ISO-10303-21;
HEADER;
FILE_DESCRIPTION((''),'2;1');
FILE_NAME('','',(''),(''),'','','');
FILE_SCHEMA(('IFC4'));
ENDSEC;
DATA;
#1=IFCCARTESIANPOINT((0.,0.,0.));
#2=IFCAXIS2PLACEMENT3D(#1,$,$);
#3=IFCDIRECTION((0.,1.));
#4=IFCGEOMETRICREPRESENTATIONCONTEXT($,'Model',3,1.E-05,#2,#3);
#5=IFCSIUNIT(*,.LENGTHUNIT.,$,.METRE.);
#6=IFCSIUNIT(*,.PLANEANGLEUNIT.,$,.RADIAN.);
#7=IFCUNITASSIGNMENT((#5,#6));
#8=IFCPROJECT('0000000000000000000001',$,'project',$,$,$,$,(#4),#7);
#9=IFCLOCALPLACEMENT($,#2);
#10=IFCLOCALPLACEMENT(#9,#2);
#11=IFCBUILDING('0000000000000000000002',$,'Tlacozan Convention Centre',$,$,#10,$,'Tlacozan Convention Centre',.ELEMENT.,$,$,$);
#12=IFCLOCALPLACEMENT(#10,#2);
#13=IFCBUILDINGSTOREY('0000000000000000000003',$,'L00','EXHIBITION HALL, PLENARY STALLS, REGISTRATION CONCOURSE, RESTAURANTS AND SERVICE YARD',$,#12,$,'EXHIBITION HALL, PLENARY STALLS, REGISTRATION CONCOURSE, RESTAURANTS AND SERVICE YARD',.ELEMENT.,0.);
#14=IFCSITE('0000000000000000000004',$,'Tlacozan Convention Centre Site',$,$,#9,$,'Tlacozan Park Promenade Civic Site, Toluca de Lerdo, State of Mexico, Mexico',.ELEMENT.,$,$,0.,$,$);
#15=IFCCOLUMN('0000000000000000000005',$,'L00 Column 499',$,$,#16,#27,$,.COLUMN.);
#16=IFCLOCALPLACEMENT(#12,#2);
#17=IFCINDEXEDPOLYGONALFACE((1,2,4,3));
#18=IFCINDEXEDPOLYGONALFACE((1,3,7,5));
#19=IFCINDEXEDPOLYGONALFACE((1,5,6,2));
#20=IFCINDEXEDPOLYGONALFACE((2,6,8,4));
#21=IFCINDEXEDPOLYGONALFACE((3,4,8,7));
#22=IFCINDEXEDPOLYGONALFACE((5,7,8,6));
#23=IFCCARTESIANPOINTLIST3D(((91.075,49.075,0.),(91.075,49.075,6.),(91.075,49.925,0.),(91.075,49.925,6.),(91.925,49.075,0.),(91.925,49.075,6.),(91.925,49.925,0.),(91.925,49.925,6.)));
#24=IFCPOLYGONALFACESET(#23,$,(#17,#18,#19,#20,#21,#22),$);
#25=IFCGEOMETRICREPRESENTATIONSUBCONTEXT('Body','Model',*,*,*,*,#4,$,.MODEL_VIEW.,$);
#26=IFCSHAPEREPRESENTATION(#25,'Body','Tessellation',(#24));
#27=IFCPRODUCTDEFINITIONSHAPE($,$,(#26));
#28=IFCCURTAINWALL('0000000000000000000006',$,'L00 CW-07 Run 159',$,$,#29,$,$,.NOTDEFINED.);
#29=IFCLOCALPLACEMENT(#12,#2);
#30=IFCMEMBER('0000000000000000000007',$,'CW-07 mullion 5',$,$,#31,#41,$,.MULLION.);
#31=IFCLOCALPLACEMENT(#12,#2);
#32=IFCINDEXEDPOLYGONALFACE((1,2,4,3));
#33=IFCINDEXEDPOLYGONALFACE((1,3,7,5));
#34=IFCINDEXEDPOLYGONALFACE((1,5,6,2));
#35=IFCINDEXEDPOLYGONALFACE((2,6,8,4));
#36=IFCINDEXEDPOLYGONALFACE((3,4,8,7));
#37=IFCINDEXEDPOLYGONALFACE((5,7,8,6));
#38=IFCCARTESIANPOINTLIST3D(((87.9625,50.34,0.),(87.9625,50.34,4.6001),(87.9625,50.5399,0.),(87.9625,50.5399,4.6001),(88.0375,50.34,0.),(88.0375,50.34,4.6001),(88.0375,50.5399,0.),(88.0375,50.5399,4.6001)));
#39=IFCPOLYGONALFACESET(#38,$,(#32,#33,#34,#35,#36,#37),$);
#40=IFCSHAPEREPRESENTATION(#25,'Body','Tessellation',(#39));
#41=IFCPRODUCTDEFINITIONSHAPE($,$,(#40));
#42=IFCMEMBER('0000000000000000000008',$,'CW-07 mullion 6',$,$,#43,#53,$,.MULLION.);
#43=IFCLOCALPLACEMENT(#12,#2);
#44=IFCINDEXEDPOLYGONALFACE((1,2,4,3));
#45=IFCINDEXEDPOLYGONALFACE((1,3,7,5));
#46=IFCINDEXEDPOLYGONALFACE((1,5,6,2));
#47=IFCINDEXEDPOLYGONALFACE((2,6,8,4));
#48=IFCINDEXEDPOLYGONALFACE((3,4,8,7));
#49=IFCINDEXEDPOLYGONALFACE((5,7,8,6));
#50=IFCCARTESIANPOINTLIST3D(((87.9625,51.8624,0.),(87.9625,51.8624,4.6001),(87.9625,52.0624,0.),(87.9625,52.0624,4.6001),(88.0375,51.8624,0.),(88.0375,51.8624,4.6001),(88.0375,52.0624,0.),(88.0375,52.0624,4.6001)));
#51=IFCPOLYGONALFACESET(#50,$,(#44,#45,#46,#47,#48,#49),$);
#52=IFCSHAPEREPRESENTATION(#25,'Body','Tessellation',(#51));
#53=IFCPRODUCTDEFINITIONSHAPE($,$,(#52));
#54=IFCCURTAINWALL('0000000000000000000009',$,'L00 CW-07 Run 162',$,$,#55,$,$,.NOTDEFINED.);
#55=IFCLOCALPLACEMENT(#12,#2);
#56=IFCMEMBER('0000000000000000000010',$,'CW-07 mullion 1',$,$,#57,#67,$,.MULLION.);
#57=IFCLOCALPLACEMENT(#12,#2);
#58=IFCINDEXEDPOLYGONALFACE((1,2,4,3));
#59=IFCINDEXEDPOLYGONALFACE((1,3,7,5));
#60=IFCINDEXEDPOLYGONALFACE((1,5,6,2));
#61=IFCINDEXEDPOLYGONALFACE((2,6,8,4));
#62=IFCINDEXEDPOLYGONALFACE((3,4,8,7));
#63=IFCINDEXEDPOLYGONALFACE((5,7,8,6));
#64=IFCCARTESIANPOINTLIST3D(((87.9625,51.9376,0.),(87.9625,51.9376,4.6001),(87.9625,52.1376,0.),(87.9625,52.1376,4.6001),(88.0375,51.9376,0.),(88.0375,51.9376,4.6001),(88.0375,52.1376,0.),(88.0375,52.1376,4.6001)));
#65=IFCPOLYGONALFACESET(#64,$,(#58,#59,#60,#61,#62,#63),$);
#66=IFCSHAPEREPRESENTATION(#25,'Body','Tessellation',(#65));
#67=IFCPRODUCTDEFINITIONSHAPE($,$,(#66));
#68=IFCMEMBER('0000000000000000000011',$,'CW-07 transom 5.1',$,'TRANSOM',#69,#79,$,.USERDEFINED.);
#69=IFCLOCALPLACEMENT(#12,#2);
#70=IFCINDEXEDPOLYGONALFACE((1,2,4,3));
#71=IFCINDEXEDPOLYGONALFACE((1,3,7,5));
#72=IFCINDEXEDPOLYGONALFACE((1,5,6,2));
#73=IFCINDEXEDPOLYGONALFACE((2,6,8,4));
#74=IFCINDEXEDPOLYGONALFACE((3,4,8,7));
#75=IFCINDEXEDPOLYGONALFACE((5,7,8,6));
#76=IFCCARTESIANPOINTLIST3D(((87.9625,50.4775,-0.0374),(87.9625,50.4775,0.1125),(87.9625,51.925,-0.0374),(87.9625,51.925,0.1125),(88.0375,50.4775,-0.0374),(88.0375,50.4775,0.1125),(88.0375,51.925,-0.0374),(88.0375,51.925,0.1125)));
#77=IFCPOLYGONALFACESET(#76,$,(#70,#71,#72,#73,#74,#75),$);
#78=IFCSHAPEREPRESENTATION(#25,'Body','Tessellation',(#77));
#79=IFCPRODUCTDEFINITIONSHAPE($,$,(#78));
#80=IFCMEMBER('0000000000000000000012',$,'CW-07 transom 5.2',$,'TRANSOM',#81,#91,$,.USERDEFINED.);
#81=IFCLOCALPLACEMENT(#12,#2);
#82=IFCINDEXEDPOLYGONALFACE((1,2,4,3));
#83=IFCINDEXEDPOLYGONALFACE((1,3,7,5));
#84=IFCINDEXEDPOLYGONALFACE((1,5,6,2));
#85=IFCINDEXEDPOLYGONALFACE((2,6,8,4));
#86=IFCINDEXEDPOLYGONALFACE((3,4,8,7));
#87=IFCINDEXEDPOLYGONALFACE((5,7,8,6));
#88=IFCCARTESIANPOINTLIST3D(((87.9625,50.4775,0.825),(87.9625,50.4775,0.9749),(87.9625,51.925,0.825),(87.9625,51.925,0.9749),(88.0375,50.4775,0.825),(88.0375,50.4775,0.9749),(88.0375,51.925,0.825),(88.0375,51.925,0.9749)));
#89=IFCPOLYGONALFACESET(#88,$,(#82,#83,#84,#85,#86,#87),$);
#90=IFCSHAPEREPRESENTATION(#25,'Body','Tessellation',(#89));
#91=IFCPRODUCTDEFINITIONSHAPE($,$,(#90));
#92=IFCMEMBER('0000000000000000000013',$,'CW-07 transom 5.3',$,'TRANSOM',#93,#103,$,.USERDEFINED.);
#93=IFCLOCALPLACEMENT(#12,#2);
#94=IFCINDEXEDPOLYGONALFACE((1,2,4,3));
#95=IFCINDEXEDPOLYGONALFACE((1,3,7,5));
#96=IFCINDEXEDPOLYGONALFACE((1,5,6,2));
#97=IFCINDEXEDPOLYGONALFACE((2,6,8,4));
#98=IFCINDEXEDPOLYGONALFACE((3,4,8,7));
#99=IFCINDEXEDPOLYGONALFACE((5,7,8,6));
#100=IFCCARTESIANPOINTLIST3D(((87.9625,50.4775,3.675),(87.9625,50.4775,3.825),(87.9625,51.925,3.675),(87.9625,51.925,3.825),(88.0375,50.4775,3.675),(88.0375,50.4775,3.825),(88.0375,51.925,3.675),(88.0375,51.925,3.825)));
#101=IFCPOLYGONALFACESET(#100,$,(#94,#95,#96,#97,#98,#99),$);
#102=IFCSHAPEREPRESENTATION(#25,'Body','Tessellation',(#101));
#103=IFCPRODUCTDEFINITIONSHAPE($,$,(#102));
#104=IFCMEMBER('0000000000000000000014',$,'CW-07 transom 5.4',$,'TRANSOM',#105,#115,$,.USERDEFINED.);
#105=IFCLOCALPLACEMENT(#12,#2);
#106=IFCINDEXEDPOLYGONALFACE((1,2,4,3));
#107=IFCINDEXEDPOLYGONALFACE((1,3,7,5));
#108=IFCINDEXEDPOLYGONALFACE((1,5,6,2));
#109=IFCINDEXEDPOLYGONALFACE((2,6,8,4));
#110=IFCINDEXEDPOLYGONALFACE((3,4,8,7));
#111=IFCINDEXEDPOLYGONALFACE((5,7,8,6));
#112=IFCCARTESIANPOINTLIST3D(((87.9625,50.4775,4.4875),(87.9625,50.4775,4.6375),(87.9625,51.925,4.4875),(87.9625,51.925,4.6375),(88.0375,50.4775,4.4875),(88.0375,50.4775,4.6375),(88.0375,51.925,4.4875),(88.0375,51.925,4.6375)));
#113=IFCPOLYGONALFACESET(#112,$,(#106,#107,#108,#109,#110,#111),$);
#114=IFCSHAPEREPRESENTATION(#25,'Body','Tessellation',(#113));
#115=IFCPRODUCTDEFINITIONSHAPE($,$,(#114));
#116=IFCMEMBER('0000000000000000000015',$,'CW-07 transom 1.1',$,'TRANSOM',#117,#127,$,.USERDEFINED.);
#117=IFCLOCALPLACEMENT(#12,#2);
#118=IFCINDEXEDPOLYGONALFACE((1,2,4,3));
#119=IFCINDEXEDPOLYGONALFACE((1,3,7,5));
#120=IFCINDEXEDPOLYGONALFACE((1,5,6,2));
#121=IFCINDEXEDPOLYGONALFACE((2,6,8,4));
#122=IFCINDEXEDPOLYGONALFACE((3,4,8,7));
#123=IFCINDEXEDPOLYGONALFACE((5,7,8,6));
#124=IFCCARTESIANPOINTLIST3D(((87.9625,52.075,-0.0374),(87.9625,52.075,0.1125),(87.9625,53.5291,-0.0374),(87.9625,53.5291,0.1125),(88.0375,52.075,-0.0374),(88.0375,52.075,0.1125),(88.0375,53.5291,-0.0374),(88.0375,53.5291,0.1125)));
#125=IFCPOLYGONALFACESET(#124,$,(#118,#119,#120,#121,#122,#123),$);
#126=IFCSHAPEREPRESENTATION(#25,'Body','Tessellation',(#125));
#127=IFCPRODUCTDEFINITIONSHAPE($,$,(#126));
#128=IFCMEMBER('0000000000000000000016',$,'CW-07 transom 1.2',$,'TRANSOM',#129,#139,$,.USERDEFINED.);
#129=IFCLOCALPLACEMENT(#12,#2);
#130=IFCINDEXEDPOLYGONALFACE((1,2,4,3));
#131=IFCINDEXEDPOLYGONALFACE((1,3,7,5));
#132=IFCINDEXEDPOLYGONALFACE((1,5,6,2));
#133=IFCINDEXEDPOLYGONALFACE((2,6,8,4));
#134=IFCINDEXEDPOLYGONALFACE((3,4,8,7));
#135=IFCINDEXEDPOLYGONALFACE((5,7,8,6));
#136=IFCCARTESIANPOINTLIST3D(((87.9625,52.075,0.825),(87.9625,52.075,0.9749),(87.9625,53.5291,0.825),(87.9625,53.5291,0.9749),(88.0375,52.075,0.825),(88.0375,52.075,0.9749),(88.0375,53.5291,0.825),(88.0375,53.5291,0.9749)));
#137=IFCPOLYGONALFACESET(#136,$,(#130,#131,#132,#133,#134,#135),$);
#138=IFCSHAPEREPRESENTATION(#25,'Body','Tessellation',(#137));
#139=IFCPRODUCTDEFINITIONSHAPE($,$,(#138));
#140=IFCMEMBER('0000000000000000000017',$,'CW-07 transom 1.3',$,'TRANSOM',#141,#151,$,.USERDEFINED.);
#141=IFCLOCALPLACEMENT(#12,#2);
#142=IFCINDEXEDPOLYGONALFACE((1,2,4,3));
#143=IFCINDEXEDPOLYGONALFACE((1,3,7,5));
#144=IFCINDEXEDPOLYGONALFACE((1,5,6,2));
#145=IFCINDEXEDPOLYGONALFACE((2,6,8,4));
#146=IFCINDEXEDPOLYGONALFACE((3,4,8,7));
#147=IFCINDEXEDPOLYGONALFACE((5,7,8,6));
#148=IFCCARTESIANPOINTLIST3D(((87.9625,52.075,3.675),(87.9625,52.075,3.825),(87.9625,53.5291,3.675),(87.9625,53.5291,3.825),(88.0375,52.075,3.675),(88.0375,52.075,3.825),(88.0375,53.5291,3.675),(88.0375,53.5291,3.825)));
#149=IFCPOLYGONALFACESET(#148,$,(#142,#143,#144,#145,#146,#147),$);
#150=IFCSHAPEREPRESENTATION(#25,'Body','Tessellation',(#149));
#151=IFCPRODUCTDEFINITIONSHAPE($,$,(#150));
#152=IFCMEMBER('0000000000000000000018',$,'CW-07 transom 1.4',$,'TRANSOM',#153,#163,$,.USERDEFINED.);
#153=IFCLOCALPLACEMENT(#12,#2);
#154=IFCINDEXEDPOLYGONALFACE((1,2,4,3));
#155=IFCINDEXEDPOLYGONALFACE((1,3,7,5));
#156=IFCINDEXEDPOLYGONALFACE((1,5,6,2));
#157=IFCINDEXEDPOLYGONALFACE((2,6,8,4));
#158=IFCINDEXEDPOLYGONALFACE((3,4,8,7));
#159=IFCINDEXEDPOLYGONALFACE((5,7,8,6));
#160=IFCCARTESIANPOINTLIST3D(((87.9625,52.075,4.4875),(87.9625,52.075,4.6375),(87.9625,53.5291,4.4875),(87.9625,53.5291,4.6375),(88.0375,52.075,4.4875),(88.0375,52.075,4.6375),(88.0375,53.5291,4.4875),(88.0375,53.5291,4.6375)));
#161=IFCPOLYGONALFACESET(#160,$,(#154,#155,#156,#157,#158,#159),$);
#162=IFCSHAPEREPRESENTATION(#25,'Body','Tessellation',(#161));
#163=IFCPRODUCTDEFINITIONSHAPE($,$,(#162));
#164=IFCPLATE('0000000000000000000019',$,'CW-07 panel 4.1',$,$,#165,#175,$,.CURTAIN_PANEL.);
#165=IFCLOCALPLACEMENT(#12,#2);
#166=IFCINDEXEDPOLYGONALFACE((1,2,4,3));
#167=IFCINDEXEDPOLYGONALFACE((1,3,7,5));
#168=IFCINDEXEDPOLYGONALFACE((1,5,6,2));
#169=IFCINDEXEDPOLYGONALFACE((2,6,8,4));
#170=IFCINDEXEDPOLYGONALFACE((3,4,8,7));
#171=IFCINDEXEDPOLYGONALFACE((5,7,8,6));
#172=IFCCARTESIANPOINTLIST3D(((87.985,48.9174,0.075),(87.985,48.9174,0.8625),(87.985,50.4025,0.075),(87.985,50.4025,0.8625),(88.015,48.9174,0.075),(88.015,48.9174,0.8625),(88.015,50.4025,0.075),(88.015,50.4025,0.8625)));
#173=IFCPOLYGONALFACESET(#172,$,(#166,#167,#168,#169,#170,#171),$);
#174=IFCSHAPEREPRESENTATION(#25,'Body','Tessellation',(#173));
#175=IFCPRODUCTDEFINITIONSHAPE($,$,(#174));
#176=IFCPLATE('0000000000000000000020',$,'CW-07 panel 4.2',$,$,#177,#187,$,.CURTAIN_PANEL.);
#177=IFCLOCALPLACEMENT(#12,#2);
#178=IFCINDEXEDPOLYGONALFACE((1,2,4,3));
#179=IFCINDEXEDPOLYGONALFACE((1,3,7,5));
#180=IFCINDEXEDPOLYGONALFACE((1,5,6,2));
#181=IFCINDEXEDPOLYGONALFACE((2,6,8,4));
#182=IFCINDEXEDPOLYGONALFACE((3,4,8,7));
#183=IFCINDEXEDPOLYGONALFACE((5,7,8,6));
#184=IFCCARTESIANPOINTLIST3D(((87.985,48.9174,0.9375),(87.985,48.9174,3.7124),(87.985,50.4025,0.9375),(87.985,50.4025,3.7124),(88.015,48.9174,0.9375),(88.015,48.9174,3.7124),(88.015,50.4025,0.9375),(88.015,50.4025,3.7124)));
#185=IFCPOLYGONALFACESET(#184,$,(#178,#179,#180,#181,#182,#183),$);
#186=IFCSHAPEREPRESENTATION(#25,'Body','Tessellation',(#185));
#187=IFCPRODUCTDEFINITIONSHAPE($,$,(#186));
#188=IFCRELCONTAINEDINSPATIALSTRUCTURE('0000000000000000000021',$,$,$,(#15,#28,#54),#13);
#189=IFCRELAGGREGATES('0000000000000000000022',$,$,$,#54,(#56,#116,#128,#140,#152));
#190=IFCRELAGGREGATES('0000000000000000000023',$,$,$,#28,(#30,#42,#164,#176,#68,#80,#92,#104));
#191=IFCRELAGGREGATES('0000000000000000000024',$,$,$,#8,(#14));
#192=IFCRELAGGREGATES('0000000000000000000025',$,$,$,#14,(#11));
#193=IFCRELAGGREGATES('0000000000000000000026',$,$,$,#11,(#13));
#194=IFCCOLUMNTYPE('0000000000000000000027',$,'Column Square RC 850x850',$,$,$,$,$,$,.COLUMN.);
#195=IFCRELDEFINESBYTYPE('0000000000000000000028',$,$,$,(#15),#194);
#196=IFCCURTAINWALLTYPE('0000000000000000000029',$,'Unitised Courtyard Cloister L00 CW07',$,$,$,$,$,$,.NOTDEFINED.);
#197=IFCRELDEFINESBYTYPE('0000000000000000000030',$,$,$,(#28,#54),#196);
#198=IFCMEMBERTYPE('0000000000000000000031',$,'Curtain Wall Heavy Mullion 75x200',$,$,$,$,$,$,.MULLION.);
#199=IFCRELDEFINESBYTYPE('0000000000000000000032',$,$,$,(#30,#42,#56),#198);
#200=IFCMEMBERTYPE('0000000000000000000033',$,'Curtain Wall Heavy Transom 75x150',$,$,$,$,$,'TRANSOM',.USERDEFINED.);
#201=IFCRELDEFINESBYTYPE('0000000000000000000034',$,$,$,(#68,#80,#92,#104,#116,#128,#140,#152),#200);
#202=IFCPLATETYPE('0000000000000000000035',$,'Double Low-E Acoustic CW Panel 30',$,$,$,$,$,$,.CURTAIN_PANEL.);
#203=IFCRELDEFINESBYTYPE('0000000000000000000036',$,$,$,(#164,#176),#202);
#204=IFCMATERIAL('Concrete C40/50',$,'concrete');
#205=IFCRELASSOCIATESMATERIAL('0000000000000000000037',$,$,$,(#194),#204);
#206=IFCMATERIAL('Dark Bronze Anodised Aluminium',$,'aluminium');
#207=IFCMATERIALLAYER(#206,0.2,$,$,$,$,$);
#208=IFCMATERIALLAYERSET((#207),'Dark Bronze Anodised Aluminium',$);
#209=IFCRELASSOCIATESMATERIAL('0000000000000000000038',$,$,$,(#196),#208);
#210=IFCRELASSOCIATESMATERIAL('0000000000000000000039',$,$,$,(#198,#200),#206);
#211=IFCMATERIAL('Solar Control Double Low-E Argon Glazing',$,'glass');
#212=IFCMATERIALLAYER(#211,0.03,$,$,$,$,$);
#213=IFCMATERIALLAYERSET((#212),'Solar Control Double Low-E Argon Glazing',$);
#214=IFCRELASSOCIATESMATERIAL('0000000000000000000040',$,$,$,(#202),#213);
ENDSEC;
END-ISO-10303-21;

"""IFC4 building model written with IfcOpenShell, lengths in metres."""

from ifc_helpers import new_model, si_unit, direction, frame, origin, origin_2d, place, context, subcontext, project, spatial, rectangle, extrude, material, layer, layer_set, material_profile, profile_set, type_object, element, aggregate, save


model = new_model("IFC4")

# Units and contexts
model_context = context("Model", 3, precision=1e-05, world=origin(), true_north=direction((0.0, 1.0)))
body_context = subcontext(model_context, "Body", "Model", "MODEL_VIEW")
ifc_project = project(units=[si_unit("LENGTHUNIT", "METRE"), si_unit("PLANEANGLEUNIT", "RADIAN")], contexts=[model_context])

# Site, building, storey
site_placement = place(None, origin())
site = spatial("IfcSite", under=ifc_project, at=site_placement, Name="Tlacozan Convention Centre Site", LongName="Tlacozan Park Promenade Civic Site, Toluca de Lerdo, State of Mexico, Mexico", CompositionType="ELEMENT", RefElevation=0.0)
building_placement = place(site_placement, origin())
building = spatial("IfcBuilding", under=site, at=building_placement, Name="Tlacozan Convention Centre", LongName="Tlacozan Convention Centre", CompositionType="ELEMENT")
storey_placement = place(building_placement, origin())
storey = spatial("IfcBuildingStorey", under=building, at=storey_placement, Name="L00", Description="EXHIBITION HALL, PLENARY STALLS, REGISTRATION CONCOURSE, RESTAURANTS AND SERVICE YARD", LongName="EXHIBITION HALL, PLENARY STALLS, REGISTRATION CONCOURSE, RESTAURANTS AND SERVICE YARD", CompositionType="ELEMENT", Elevation=0.0)

# Column
ifc_material_1 = material(Name="Concrete C40/50", Category="concrete")
ifc_material_profile_1 = material_profile(ifc_material_1, rectangle(XDim=0.8501, YDim=0.8501, at=origin_2d()), Name="RC 850x850")
ifc_profile_set_1 = profile_set([ifc_material_profile_1], Name="Concrete C40/50")
column_type = type_object("IfcColumnType", Name="Column Square RC 850x850", PredefinedType="COLUMN", material=ifc_profile_set_1)
column_placement = place(storey_placement, frame((91.5, 49.5, 0.0), z_axis=(0.0, 0.0, 1.0), x_axis=(1.0, 0.0, 0.0)))
element("IfcColumn", 1, at=column_placement, inside=storey, type_object=column_type, Name="L00 Column 499", PredefinedType="COLUMN", context=body_context, shape_type="SweptSolid", body=[
    extrude(rectangle(XDim=0.8501, YDim=0.8501, at=origin_2d()), origin(), (0.0, 0.0, 1.0), 6.0),
])

# Curtain wall, members
ifc_material_2 = material(Name="Dark Bronze Anodised Aluminium", Category="aluminium")
ifc_layer_1 = layer(ifc_material_2, 0.2)
ifc_layer_set_1 = layer_set([ifc_layer_1], Name="Dark Bronze Anodised Aluminium")
curtain_wall_type = type_object("IfcCurtainWallType", Name="Unitised Courtyard Cloister L00 CW07", PredefinedType="NOTDEFINED", material=ifc_layer_set_1)
curtain_wall_1_placement = place(storey_placement, origin())
curtain_wall_1 = element("IfcCurtainWall", 2, at=curtain_wall_1_placement, inside=storey, type_object=curtain_wall_type, Name="L00 CW-07 Run 159", PredefinedType="NOTDEFINED")
ifc_material_profile_2 = material_profile(ifc_material_2, rectangle(XDim=0.075, YDim=0.2, at=origin_2d()), Name="ALU 75x200")
ifc_profile_set_2 = profile_set([ifc_material_profile_2], Name="Dark Bronze Anodised Aluminium")
member_type_1 = type_object("IfcMemberType", Name="Curtain Wall Heavy Mullion 75x200", PredefinedType="MULLION", material=ifc_profile_set_2)
member_1_placement = place(storey_placement, frame((88.0, 50.4399, 0.0), z_axis=(0.0, 0.0, 1.0), x_axis=(-1.0, 0.0, 0.0)))
member_1 = element("IfcMember", 3, at=member_1_placement, type_object=member_type_1, Name="CW-07 mullion 5", PredefinedType="MULLION", context=body_context, shape_type="SweptSolid", body=[
    extrude(rectangle(XDim=0.075, YDim=0.2, at=origin_2d()), origin(), (0.0, 0.0, 1.0), 4.6001),
])
member_2_placement = place(storey_placement, frame((88.0, 51.9624, 0.0), z_axis=(0.0, 0.0, 1.0), x_axis=(-1.0, 0.0, 0.0)))
member_2 = element("IfcMember", 4, at=member_2_placement, type_object=member_type_1, Name="CW-07 mullion 6", PredefinedType="MULLION", context=body_context, shape_type="SweptSolid", body=[
    extrude(rectangle(XDim=0.075, YDim=0.2, at=origin_2d()), origin(), (0.0, 0.0, 1.0), 4.6001),
])

# Curtain wall, member
curtain_wall_2_placement = place(storey_placement, origin())
curtain_wall_2 = element("IfcCurtainWall", 5, at=curtain_wall_2_placement, inside=storey, type_object=curtain_wall_type, Name="L00 CW-07 Run 162", PredefinedType="NOTDEFINED")
member_3_placement = place(storey_placement, frame((88.0, 52.0376, 0.0), z_axis=(0.0, 0.0, 1.0), x_axis=(-1.0, 0.0, 0.0)))
member_3 = element("IfcMember", 6, at=member_3_placement, type_object=member_type_1, Name="CW-07 mullion 1", PredefinedType="MULLION", context=body_context, shape_type="SweptSolid", body=[
    extrude(rectangle(XDim=0.075, YDim=0.2, at=origin_2d()), origin(), (0.0, 0.0, 1.0), 4.6001),
])

# Members
ifc_material_profile_3 = material_profile(ifc_material_2, rectangle(XDim=0.075, YDim=0.1499, at=origin_2d()), Name="ALU 75x150")
ifc_profile_set_3 = profile_set([ifc_material_profile_3], Name="Dark Bronze Anodised Aluminium")
member_type_2 = type_object("IfcMemberType", Name="Curtain Wall Heavy Transom 75x150", ElementType="TRANSOM", PredefinedType="USERDEFINED", material=ifc_profile_set_3)
member_4_placement = place(storey_placement, frame((88.0, 50.4775, 0.0376), z_axis=(0.0, 1.0, 0.0), x_axis=(-1.0, 0.0, 0.0)))
member_4 = element("IfcMember", 7, at=member_4_placement, type_object=member_type_2, Name="CW-07 transom 5.1", ObjectType="TRANSOM", PredefinedType="USERDEFINED", context=body_context, shape_type="SweptSolid", body=[
    extrude(rectangle(XDim=0.075, YDim=0.1499, at=origin_2d()), origin(), (0.0, 0.0, 1.0), 1.4475),
])
member_5_placement = place(storey_placement, frame((88.0, 50.4775, 0.8999), z_axis=(0.0, 1.0, 0.0), x_axis=(-1.0, 0.0, 0.0)))
member_5 = element("IfcMember", 8, at=member_5_placement, type_object=member_type_2, Name="CW-07 transom 5.2", ObjectType="TRANSOM", PredefinedType="USERDEFINED", context=body_context, shape_type="SweptSolid", body=[
    extrude(rectangle(XDim=0.075, YDim=0.1499, at=origin_2d()), origin(), (0.0, 0.0, 1.0), 1.4475),
])
member_6_placement = place(storey_placement, frame((88.0, 50.4775, 3.75), z_axis=(0.0, 1.0, 0.0), x_axis=(-1.0, 0.0, 0.0)))
member_6 = element("IfcMember", 9, at=member_6_placement, type_object=member_type_2, Name="CW-07 transom 5.3", ObjectType="TRANSOM", PredefinedType="USERDEFINED", context=body_context, shape_type="SweptSolid", body=[
    extrude(rectangle(XDim=0.075, YDim=0.1499, at=origin_2d()), origin(), (0.0, 0.0, 1.0), 1.4475),
])
member_7_placement = place(storey_placement, frame((88.0, 50.4775, 4.5625), z_axis=(0.0, 1.0, 0.0), x_axis=(-1.0, 0.0, 0.0)))
member_7 = element("IfcMember", 10, at=member_7_placement, type_object=member_type_2, Name="CW-07 transom 5.4", ObjectType="TRANSOM", PredefinedType="USERDEFINED", context=body_context, shape_type="SweptSolid", body=[
    extrude(rectangle(XDim=0.075, YDim=0.1499, at=origin_2d()), origin(), (0.0, 0.0, 1.0), 1.4475),
])
member_8_placement = place(storey_placement, frame((88.0, 52.075, 0.0376), z_axis=(0.0, 1.0, 0.0), x_axis=(-1.0, 0.0, 0.0)))
member_8 = element("IfcMember", 11, at=member_8_placement, type_object=member_type_2, Name="CW-07 transom 1.1", ObjectType="TRANSOM", PredefinedType="USERDEFINED", context=body_context, shape_type="SweptSolid", body=[
    extrude(rectangle(XDim=0.075, YDim=0.1499, at=origin_2d()), origin(), (0.0, 0.0, 1.0), 1.4541),
])
member_9_placement = place(storey_placement, frame((88.0, 52.075, 0.8999), z_axis=(0.0, 1.0, 0.0), x_axis=(-1.0, 0.0, 0.0)))
member_9 = element("IfcMember", 12, at=member_9_placement, type_object=member_type_2, Name="CW-07 transom 1.2", ObjectType="TRANSOM", PredefinedType="USERDEFINED", context=body_context, shape_type="SweptSolid", body=[
    extrude(rectangle(XDim=0.075, YDim=0.1499, at=origin_2d()), origin(), (0.0, 0.0, 1.0), 1.4541),
])
member_10_placement = place(storey_placement, frame((88.0, 52.075, 3.75), z_axis=(0.0, 1.0, 0.0), x_axis=(-1.0, 0.0, 0.0)))
member_10 = element("IfcMember", 13, at=member_10_placement, type_object=member_type_2, Name="CW-07 transom 1.3", ObjectType="TRANSOM", PredefinedType="USERDEFINED", context=body_context, shape_type="SweptSolid", body=[
    extrude(rectangle(XDim=0.075, YDim=0.1499, at=origin_2d()), origin(), (0.0, 0.0, 1.0), 1.4541),
])
member_11_placement = place(storey_placement, frame((88.0, 52.075, 4.5625), z_axis=(0.0, 1.0, 0.0), x_axis=(-1.0, 0.0, 0.0)))
member_11 = element("IfcMember", 14, at=member_11_placement, type_object=member_type_2, Name="CW-07 transom 1.4", ObjectType="TRANSOM", PredefinedType="USERDEFINED", context=body_context, shape_type="SweptSolid", body=[
    extrude(rectangle(XDim=0.075, YDim=0.1499, at=origin_2d()), origin(), (0.0, 0.0, 1.0), 1.4541),
])
aggregate(curtain_wall_2, [member_3, member_8, member_9, member_10, member_11])

# Plates
ifc_material_3 = material(Name="Solar Control Double Low-E Argon Glazing", Category="glass")
ifc_layer_2 = layer(ifc_material_3, 0.03)
ifc_layer_set_2 = layer_set([ifc_layer_2], Name="Solar Control Double Low-E Argon Glazing")
plate_type = type_object("IfcPlateType", Name="Double Low-E Acoustic CW Panel 30", PredefinedType="CURTAIN_PANEL", material=ifc_layer_set_2)
plate_1_placement = place(storey_placement, frame((88.0, 49.6599, 0.075), z_axis=(0.0, 0.0, 1.0), x_axis=(0.0, 1.0, 0.0)))
plate_1 = element("IfcPlate", 15, at=plate_1_placement, type_object=plate_type, Name="CW-07 panel 4.1", PredefinedType="CURTAIN_PANEL", context=body_context, shape_type="SweptSolid", body=[
    extrude(rectangle(XDim=1.4851, YDim=0.03, at=origin_2d()), origin(), (0.0, 0.0, 1.0), 0.7876),
])
plate_2_placement = place(storey_placement, frame((88.0, 49.6599, 0.9375), z_axis=(0.0, 0.0, 1.0), x_axis=(0.0, 1.0, 0.0)))
plate_2 = element("IfcPlate", 16, at=plate_2_placement, type_object=plate_type, Name="CW-07 panel 4.2", PredefinedType="CURTAIN_PANEL", context=body_context, shape_type="SweptSolid", body=[
    extrude(rectangle(XDim=1.4851, YDim=0.03, at=origin_2d()), origin(), (0.0, 0.0, 1.0), 2.7749),
])
aggregate(curtain_wall_1, [member_1, member_2, plate_1, plate_2, member_4, member_5, member_6, member_7])

save(model, "model.ifc")
